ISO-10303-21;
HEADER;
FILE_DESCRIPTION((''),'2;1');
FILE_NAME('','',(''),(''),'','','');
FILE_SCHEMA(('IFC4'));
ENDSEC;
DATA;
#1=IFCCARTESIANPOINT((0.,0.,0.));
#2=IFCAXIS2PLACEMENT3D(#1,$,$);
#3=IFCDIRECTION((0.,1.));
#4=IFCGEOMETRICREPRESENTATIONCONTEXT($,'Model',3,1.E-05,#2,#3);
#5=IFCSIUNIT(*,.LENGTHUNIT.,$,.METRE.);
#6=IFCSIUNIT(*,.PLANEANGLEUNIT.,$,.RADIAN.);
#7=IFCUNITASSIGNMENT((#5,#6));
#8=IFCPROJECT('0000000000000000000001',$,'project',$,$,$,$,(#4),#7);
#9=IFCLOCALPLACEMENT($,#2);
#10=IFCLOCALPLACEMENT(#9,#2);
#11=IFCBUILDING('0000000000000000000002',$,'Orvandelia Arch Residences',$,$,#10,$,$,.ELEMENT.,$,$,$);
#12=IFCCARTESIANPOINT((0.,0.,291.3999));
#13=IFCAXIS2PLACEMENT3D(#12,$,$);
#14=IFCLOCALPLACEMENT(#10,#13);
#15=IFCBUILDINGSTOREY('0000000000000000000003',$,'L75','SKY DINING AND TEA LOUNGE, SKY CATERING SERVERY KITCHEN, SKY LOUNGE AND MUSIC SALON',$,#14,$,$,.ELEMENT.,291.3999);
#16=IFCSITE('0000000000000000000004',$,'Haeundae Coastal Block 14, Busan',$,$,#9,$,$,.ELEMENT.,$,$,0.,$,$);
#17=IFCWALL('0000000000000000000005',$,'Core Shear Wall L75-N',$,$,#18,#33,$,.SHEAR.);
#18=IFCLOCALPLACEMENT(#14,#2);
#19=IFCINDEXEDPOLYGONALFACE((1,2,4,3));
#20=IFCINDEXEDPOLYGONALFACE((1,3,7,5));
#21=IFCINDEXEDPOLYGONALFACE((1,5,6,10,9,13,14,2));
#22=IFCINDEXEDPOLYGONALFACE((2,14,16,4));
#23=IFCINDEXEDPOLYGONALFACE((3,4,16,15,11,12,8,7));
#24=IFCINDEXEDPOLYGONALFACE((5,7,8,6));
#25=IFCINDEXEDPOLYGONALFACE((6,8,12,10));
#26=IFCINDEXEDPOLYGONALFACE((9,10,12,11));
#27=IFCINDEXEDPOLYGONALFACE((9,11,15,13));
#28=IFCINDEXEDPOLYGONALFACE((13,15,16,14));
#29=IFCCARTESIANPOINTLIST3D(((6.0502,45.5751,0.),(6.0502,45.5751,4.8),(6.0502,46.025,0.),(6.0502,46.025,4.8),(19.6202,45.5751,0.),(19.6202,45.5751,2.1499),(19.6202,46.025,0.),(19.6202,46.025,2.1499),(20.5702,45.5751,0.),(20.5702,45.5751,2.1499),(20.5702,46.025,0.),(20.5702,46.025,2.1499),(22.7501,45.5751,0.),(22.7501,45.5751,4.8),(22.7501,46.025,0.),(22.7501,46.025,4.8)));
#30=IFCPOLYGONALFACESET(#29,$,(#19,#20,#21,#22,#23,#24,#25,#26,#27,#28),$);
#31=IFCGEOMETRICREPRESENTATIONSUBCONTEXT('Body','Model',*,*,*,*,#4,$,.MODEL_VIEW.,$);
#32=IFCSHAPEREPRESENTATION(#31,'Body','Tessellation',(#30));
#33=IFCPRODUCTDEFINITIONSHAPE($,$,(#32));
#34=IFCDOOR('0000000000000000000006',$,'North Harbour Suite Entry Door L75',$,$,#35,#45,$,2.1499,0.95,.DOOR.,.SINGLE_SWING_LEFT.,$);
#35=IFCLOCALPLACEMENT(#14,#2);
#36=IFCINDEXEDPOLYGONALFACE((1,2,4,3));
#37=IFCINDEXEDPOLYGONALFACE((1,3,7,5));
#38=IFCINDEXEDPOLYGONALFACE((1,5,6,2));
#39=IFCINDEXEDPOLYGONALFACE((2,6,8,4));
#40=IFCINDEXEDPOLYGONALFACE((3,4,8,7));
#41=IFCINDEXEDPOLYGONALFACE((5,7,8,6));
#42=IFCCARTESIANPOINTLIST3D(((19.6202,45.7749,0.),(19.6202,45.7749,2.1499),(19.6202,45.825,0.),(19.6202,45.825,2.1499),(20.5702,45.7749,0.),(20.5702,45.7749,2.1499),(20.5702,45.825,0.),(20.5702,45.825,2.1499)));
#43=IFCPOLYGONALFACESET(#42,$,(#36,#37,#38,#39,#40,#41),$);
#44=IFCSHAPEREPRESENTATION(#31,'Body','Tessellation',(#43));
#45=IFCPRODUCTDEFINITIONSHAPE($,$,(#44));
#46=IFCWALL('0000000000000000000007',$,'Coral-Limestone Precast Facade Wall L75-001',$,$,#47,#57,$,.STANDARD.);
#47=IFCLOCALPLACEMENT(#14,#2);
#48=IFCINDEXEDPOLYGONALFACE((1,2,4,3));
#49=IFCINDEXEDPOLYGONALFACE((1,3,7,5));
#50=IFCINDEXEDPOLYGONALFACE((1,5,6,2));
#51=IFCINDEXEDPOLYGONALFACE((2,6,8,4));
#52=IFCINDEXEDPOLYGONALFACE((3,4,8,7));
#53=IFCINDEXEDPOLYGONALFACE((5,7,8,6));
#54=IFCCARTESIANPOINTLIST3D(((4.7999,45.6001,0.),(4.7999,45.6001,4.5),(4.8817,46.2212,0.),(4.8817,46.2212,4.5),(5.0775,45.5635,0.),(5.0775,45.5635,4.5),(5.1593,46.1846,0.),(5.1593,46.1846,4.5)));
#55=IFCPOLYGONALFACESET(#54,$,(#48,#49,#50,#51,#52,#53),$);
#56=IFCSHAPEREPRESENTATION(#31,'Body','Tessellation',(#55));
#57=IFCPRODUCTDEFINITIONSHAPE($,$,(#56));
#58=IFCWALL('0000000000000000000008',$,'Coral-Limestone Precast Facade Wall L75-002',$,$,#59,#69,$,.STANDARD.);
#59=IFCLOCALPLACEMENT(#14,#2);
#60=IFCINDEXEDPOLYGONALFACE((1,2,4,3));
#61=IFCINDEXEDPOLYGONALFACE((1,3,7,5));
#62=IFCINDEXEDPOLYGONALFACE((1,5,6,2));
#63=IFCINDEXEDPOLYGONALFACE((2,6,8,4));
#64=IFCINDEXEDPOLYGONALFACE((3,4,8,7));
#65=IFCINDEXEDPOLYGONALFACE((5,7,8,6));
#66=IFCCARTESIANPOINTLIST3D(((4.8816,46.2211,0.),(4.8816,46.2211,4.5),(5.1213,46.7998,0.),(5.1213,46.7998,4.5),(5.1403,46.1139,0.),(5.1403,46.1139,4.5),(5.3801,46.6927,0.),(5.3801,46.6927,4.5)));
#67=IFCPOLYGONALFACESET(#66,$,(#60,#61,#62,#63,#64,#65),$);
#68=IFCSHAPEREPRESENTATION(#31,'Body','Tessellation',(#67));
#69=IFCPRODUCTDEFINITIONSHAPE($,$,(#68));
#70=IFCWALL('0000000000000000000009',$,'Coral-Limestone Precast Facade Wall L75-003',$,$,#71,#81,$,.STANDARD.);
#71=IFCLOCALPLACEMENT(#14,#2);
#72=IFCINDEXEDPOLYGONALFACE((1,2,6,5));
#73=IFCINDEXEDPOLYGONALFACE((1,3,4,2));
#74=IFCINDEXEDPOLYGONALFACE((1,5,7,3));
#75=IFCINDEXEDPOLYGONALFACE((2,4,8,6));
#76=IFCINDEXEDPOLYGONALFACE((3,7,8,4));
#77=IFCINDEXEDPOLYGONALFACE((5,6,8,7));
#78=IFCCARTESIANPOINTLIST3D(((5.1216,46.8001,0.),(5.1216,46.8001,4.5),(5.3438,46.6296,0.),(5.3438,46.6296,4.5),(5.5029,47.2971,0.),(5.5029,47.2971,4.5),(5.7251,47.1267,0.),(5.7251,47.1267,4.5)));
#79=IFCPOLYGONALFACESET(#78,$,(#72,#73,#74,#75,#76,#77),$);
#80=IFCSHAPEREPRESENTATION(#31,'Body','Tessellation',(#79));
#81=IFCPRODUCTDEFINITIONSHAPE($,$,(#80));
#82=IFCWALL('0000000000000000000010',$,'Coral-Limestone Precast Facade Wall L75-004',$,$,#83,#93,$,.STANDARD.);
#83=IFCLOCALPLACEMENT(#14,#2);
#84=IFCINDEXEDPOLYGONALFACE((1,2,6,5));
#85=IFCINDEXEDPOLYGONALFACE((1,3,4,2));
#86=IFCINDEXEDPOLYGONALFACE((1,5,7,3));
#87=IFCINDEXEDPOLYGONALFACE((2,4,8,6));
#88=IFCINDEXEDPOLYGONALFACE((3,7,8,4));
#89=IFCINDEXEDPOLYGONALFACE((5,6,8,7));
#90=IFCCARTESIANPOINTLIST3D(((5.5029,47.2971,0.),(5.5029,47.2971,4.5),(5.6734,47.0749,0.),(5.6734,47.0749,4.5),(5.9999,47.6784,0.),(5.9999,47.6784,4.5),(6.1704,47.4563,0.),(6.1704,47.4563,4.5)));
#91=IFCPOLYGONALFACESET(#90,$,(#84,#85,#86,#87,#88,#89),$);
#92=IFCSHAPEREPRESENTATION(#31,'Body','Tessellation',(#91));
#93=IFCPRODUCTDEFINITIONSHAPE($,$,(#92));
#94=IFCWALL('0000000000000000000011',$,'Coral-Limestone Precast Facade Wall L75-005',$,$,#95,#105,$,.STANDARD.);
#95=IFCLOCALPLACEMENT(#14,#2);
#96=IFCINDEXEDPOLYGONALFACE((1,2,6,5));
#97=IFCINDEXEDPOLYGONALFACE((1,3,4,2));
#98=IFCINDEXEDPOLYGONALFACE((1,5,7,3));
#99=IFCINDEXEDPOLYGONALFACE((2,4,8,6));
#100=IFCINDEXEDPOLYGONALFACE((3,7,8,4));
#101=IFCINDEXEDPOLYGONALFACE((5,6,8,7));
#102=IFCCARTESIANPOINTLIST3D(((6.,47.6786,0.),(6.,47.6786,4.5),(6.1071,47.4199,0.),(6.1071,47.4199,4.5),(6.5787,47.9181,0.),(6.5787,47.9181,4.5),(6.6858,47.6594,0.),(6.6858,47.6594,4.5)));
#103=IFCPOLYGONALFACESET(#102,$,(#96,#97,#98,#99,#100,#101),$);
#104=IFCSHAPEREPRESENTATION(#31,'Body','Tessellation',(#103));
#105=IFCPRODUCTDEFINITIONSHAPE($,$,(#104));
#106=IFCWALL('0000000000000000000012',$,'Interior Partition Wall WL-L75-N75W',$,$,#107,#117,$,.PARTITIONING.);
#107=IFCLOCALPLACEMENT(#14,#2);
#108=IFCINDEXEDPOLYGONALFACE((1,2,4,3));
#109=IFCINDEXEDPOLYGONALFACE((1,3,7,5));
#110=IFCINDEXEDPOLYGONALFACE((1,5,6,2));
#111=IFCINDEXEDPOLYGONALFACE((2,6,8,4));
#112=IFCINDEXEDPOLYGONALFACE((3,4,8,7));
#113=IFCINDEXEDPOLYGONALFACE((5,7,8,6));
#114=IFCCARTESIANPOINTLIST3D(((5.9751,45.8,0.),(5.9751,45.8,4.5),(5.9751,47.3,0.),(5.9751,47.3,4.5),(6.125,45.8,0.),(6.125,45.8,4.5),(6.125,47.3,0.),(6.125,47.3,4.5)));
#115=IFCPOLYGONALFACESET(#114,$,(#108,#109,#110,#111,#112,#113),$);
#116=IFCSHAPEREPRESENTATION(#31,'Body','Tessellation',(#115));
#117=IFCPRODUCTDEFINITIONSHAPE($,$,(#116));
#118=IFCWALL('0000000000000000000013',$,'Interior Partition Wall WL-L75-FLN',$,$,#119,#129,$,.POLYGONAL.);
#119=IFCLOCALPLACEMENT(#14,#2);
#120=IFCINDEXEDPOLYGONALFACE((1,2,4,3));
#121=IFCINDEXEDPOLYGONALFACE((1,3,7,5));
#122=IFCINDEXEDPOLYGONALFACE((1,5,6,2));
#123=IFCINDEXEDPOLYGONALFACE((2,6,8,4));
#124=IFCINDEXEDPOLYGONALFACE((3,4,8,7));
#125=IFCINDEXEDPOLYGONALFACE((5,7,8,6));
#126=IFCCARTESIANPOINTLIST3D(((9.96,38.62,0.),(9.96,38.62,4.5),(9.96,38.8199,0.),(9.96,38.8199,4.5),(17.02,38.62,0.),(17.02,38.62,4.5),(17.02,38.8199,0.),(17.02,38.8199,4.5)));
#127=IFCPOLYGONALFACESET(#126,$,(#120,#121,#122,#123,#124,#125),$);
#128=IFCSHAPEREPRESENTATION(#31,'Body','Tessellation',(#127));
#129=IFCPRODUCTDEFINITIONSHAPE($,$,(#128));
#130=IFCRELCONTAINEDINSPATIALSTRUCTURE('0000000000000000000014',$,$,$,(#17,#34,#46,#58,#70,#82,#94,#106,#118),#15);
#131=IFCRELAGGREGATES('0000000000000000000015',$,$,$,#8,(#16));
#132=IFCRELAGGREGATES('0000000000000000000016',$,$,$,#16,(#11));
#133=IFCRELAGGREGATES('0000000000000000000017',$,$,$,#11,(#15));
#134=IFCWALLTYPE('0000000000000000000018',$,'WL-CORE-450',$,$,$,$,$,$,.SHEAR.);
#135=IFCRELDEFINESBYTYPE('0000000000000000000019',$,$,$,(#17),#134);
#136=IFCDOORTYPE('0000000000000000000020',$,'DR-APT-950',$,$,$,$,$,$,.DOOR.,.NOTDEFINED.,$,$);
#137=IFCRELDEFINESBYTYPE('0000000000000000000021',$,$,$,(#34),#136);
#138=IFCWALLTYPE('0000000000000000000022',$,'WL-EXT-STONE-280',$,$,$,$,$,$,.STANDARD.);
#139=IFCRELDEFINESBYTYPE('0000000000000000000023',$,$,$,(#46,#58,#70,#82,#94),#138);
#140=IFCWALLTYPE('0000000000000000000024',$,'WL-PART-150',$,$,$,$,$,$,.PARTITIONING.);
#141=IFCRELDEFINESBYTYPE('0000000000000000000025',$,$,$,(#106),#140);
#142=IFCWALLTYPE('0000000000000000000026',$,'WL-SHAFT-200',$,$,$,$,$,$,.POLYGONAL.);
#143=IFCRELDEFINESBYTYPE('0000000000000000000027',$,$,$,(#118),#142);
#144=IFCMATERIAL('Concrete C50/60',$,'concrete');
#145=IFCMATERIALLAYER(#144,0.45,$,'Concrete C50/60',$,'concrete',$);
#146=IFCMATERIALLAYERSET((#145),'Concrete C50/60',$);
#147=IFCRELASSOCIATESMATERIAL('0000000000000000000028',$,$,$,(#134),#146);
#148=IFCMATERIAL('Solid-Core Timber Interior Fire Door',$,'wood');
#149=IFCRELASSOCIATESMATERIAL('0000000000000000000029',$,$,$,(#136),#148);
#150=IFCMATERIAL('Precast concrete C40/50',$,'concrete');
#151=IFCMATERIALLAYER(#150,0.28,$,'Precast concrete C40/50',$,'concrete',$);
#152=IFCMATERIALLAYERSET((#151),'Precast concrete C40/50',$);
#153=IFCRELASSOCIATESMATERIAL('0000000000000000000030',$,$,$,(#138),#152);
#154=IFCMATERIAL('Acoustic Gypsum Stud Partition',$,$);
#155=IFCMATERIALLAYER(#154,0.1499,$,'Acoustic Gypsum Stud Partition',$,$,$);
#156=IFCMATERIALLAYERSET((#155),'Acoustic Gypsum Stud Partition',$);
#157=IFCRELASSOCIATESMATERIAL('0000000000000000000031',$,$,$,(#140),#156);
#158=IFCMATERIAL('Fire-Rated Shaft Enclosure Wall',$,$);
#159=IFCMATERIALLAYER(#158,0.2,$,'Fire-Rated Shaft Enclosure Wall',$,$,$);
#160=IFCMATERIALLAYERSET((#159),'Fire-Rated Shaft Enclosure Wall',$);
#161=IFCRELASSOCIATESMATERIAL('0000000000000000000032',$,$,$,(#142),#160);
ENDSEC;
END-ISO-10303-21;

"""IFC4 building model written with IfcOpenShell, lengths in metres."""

from ifc_helpers import new_model, si_unit, direction, frame, frame_2d, origin, place, context, subcontext, project, spatial, rectangle, extrude, material, layer, layer_set, type_object, element, fill, save


model = new_model("IFC4")

# Units and contexts
model_context = context("Model", 3, precision=1e-05, world=origin(), true_north=direction((0.0, 1.0)))
body_context = subcontext(model_context, "Body", "Model", "MODEL_VIEW")
ifc_project = project(units=[si_unit("LENGTHUNIT", "METRE"), si_unit("PLANEANGLEUNIT", "RADIAN")], contexts=[model_context])

# Site, building, storey
site_placement = place(None, origin())
site = spatial("IfcSite", under=ifc_project, at=site_placement, Name="Haeundae Coastal Block 14, Busan", CompositionType="ELEMENT", RefElevation=0.0)
building_placement = place(site_placement, origin())
building = spatial("IfcBuilding", under=site, at=building_placement, Name="Orvandelia Arch Residences", CompositionType="ELEMENT")
storey_placement = place(building_placement, frame((0.0, 0.0, 291.3999)))
storey = spatial("IfcBuildingStorey", under=building, at=storey_placement, Name="L75", Description="SKY DINING AND TEA LOUNGE, SKY CATERING SERVERY KITCHEN, SKY LOUNGE AND MUSIC SALON", CompositionType="ELEMENT", Elevation=291.3999)

# Shared definitions
ifc_material_1 = material(Name="Concrete C50/60", Category="concrete")

# Wall, opening, door
ifc_layer_1 = layer(ifc_material_1, 0.45, Name="Concrete C50/60", Category="concrete")
ifc_layer_set_1 = layer_set([ifc_layer_1], Name="Concrete C50/60")
wall_type_1 = type_object("IfcWallType", Name="WL-CORE-450", PredefinedType="SHEAR", material=ifc_layer_set_1)
wall_1_placement = place(storey_placement, frame((6.05, 45.8, 0.0), z_axis=(0.0, 0.0, 1.0), x_axis=(1.0, 0.0, 0.0)))
wall_1 = element("IfcWall", 1, at=wall_1_placement, inside=storey, type_object=wall_type_1, Name="Core Shear Wall L75-N", PredefinedType="SHEAR", context=body_context, shape_type="SweptSolid", body=[
    extrude(rectangle(XDim=16.7, YDim=0.45, at=frame_2d((8.3501, 0.0))), origin(), (0.0, 0.0, 1.0), 4.8),
])
opening_1_placement = place(wall_1_placement, frame((13.5701, 0.0, 0.0)))
opening_1 = element("IfcOpeningElement", 2, at=opening_1_placement, cuts=wall_1, PredefinedType="OPENING", context=body_context, shape_type="SweptSolid", body=[
    extrude(rectangle(XDim=0.95, YDim=2.1499, at=frame_2d((0.4751, 1.075))), frame((0.0, 0.2349, 0.0), z_axis=(0.0, -1.0, 0.0), x_axis=(1.0, 0.0, 0.0)), (0.0, 0.0, 1.0), 0.47),
])
ifc_material_2 = material(Name="Solid-Core Timber Interior Fire Door", Category="wood")
door_type_1 = type_object("IfcDoorType", Name="DR-APT-950", OperationType="NOTDEFINED", PredefinedType="DOOR", material=ifc_material_2)
door_1_placement = place(opening_1_placement, origin())
door_1 = element("IfcDoor", 3, at=door_1_placement, inside=storey, type_object=door_type_1, Name="North Harbour Suite Entry Door L75", OperationType="SINGLE_SWING_LEFT", OverallHeight=2.1499, OverallWidth=0.95, PredefinedType="DOOR", context=body_context, shape_type="SweptSolid", body=[
    extrude(rectangle(XDim=0.95, YDim=2.1499, at=frame_2d((0.4751, 1.075))), frame((0.0, 0.0249, 0.0), z_axis=(0.0, -1.0, 0.0), x_axis=(1.0, 0.0, 0.0)), (0.0, 0.0, 1.0), 0.05),
])
fill(opening_1, door_1)

# Walls
ifc_material_3 = material(Name="Precast concrete C40/50", Category="concrete")
ifc_layer_2 = layer(ifc_material_3, 0.28, Name="Precast concrete C40/50", Category="concrete")
ifc_layer_set_2 = layer_set([ifc_layer_2], Name="Precast concrete C40/50")
wall_type_2 = type_object("IfcWallType", Name="WL-EXT-STONE-280", PredefinedType="STANDARD", material=ifc_layer_set_2)
for number, where, z_axis, x_axis, name in (
    (4, (4.9387, 45.5818, 0.0), (0.0, 0.0, 1.0), (0.130555, 0.991441, 0.0), "Coral-Limestone Precast Facade Wall L75-001"),
    (5, (5.011, 46.1675, 0.0), (0.0, 0.0, 1.0), (0.38265, 0.923893, 0.0), "Coral-Limestone Precast Facade Wall L75-002"),
    (6, (5.2327, 46.7148, 0.0), (0.0, 0.0, 1.0), (0.608693, 0.793406, 0.0), "Coral-Limestone Precast Facade Wall L75-003"),
    (7, (5.5881, 47.186, 0.0), (0.0, 0.0, 1.0), (0.793406, 0.608693, 0.0), "Coral-Limestone Precast Facade Wall L75-004"),
):
    element("IfcWall", number, at=place(storey_placement, frame(where, z_axis=z_axis, x_axis=x_axis)), inside=storey, type_object=wall_type_2, Name=name, PredefinedType="STANDARD", context=body_context, shape_type="SweptSolid", body=[
        extrude(rectangle(XDim=0.6265, YDim=0.28, at=frame_2d((0.3132, 0.0))), origin(), (0.0, 0.0, 1.0), 4.5),
    ])
wall_2_placement = place(storey_placement, frame((6.0537, 47.5493, 0.0), z_axis=(0.0, 0.0, 1.0), x_axis=(0.923974, 0.382455, 0.0)))
element("IfcWall", 8, at=wall_2_placement, inside=storey, type_object=wall_type_2, Name="Coral-Limestone Precast Facade Wall L75-005", PredefinedType="STANDARD", context=body_context, shape_type="SweptSolid", body=[
    extrude(rectangle(XDim=0.6262, YDim=0.28, at=frame_2d((0.313, 0.0))), origin(), (0.0, 0.0, 1.0), 4.5),
])
ifc_material_4 = material(Name="Acoustic Gypsum Stud Partition")
ifc_layer_3 = layer(ifc_material_4, 0.1499, Name="Acoustic Gypsum Stud Partition")
ifc_layer_set_3 = layer_set([ifc_layer_3], Name="Acoustic Gypsum Stud Partition")
wall_type_3 = type_object("IfcWallType", Name="WL-PART-150", PredefinedType="PARTITIONING", material=ifc_layer_set_3)
wall_3_placement = place(storey_placement, frame((6.05, 45.8, 0.0), z_axis=(0.0, 0.0, 1.0), x_axis=(0.0, 1.0, 0.0)))
element("IfcWall", 9, at=wall_3_placement, inside=storey, type_object=wall_type_3, Name="Interior Partition Wall WL-L75-N75W", PredefinedType="PARTITIONING", context=body_context, shape_type="SweptSolid", body=[
    extrude(rectangle(XDim=1.5, YDim=0.1499, at=frame_2d((0.75, 0.0))), origin(), (0.0, 0.0, 1.0), 4.5),
])
ifc_material_5 = material(Name="Fire-Rated Shaft Enclosure Wall")
ifc_layer_4 = layer(ifc_material_5, 0.2, Name="Fire-Rated Shaft Enclosure Wall")
ifc_layer_set_4 = layer_set([ifc_layer_4], Name="Fire-Rated Shaft Enclosure Wall")
wall_type_4 = type_object("IfcWallType", Name="WL-SHAFT-200", PredefinedType="POLYGONAL", material=ifc_layer_set_4)
wall_4_placement = place(storey_placement, frame((9.96, 38.72, 0.0), z_axis=(0.0, 0.0, 1.0), x_axis=(1.0, 0.0, 0.0)))
element("IfcWall", 10, at=wall_4_placement, inside=storey, type_object=wall_type_4, Name="Interior Partition Wall WL-L75-FLN", PredefinedType="POLYGONAL", context=body_context, shape_type="SweptSolid", body=[
    extrude(rectangle(XDim=7.0601, YDim=0.2, at=frame_2d((3.53, 0.0))), origin(), (0.0, 0.0, 1.0), 4.5),
])

save(model, "model.ifc")
